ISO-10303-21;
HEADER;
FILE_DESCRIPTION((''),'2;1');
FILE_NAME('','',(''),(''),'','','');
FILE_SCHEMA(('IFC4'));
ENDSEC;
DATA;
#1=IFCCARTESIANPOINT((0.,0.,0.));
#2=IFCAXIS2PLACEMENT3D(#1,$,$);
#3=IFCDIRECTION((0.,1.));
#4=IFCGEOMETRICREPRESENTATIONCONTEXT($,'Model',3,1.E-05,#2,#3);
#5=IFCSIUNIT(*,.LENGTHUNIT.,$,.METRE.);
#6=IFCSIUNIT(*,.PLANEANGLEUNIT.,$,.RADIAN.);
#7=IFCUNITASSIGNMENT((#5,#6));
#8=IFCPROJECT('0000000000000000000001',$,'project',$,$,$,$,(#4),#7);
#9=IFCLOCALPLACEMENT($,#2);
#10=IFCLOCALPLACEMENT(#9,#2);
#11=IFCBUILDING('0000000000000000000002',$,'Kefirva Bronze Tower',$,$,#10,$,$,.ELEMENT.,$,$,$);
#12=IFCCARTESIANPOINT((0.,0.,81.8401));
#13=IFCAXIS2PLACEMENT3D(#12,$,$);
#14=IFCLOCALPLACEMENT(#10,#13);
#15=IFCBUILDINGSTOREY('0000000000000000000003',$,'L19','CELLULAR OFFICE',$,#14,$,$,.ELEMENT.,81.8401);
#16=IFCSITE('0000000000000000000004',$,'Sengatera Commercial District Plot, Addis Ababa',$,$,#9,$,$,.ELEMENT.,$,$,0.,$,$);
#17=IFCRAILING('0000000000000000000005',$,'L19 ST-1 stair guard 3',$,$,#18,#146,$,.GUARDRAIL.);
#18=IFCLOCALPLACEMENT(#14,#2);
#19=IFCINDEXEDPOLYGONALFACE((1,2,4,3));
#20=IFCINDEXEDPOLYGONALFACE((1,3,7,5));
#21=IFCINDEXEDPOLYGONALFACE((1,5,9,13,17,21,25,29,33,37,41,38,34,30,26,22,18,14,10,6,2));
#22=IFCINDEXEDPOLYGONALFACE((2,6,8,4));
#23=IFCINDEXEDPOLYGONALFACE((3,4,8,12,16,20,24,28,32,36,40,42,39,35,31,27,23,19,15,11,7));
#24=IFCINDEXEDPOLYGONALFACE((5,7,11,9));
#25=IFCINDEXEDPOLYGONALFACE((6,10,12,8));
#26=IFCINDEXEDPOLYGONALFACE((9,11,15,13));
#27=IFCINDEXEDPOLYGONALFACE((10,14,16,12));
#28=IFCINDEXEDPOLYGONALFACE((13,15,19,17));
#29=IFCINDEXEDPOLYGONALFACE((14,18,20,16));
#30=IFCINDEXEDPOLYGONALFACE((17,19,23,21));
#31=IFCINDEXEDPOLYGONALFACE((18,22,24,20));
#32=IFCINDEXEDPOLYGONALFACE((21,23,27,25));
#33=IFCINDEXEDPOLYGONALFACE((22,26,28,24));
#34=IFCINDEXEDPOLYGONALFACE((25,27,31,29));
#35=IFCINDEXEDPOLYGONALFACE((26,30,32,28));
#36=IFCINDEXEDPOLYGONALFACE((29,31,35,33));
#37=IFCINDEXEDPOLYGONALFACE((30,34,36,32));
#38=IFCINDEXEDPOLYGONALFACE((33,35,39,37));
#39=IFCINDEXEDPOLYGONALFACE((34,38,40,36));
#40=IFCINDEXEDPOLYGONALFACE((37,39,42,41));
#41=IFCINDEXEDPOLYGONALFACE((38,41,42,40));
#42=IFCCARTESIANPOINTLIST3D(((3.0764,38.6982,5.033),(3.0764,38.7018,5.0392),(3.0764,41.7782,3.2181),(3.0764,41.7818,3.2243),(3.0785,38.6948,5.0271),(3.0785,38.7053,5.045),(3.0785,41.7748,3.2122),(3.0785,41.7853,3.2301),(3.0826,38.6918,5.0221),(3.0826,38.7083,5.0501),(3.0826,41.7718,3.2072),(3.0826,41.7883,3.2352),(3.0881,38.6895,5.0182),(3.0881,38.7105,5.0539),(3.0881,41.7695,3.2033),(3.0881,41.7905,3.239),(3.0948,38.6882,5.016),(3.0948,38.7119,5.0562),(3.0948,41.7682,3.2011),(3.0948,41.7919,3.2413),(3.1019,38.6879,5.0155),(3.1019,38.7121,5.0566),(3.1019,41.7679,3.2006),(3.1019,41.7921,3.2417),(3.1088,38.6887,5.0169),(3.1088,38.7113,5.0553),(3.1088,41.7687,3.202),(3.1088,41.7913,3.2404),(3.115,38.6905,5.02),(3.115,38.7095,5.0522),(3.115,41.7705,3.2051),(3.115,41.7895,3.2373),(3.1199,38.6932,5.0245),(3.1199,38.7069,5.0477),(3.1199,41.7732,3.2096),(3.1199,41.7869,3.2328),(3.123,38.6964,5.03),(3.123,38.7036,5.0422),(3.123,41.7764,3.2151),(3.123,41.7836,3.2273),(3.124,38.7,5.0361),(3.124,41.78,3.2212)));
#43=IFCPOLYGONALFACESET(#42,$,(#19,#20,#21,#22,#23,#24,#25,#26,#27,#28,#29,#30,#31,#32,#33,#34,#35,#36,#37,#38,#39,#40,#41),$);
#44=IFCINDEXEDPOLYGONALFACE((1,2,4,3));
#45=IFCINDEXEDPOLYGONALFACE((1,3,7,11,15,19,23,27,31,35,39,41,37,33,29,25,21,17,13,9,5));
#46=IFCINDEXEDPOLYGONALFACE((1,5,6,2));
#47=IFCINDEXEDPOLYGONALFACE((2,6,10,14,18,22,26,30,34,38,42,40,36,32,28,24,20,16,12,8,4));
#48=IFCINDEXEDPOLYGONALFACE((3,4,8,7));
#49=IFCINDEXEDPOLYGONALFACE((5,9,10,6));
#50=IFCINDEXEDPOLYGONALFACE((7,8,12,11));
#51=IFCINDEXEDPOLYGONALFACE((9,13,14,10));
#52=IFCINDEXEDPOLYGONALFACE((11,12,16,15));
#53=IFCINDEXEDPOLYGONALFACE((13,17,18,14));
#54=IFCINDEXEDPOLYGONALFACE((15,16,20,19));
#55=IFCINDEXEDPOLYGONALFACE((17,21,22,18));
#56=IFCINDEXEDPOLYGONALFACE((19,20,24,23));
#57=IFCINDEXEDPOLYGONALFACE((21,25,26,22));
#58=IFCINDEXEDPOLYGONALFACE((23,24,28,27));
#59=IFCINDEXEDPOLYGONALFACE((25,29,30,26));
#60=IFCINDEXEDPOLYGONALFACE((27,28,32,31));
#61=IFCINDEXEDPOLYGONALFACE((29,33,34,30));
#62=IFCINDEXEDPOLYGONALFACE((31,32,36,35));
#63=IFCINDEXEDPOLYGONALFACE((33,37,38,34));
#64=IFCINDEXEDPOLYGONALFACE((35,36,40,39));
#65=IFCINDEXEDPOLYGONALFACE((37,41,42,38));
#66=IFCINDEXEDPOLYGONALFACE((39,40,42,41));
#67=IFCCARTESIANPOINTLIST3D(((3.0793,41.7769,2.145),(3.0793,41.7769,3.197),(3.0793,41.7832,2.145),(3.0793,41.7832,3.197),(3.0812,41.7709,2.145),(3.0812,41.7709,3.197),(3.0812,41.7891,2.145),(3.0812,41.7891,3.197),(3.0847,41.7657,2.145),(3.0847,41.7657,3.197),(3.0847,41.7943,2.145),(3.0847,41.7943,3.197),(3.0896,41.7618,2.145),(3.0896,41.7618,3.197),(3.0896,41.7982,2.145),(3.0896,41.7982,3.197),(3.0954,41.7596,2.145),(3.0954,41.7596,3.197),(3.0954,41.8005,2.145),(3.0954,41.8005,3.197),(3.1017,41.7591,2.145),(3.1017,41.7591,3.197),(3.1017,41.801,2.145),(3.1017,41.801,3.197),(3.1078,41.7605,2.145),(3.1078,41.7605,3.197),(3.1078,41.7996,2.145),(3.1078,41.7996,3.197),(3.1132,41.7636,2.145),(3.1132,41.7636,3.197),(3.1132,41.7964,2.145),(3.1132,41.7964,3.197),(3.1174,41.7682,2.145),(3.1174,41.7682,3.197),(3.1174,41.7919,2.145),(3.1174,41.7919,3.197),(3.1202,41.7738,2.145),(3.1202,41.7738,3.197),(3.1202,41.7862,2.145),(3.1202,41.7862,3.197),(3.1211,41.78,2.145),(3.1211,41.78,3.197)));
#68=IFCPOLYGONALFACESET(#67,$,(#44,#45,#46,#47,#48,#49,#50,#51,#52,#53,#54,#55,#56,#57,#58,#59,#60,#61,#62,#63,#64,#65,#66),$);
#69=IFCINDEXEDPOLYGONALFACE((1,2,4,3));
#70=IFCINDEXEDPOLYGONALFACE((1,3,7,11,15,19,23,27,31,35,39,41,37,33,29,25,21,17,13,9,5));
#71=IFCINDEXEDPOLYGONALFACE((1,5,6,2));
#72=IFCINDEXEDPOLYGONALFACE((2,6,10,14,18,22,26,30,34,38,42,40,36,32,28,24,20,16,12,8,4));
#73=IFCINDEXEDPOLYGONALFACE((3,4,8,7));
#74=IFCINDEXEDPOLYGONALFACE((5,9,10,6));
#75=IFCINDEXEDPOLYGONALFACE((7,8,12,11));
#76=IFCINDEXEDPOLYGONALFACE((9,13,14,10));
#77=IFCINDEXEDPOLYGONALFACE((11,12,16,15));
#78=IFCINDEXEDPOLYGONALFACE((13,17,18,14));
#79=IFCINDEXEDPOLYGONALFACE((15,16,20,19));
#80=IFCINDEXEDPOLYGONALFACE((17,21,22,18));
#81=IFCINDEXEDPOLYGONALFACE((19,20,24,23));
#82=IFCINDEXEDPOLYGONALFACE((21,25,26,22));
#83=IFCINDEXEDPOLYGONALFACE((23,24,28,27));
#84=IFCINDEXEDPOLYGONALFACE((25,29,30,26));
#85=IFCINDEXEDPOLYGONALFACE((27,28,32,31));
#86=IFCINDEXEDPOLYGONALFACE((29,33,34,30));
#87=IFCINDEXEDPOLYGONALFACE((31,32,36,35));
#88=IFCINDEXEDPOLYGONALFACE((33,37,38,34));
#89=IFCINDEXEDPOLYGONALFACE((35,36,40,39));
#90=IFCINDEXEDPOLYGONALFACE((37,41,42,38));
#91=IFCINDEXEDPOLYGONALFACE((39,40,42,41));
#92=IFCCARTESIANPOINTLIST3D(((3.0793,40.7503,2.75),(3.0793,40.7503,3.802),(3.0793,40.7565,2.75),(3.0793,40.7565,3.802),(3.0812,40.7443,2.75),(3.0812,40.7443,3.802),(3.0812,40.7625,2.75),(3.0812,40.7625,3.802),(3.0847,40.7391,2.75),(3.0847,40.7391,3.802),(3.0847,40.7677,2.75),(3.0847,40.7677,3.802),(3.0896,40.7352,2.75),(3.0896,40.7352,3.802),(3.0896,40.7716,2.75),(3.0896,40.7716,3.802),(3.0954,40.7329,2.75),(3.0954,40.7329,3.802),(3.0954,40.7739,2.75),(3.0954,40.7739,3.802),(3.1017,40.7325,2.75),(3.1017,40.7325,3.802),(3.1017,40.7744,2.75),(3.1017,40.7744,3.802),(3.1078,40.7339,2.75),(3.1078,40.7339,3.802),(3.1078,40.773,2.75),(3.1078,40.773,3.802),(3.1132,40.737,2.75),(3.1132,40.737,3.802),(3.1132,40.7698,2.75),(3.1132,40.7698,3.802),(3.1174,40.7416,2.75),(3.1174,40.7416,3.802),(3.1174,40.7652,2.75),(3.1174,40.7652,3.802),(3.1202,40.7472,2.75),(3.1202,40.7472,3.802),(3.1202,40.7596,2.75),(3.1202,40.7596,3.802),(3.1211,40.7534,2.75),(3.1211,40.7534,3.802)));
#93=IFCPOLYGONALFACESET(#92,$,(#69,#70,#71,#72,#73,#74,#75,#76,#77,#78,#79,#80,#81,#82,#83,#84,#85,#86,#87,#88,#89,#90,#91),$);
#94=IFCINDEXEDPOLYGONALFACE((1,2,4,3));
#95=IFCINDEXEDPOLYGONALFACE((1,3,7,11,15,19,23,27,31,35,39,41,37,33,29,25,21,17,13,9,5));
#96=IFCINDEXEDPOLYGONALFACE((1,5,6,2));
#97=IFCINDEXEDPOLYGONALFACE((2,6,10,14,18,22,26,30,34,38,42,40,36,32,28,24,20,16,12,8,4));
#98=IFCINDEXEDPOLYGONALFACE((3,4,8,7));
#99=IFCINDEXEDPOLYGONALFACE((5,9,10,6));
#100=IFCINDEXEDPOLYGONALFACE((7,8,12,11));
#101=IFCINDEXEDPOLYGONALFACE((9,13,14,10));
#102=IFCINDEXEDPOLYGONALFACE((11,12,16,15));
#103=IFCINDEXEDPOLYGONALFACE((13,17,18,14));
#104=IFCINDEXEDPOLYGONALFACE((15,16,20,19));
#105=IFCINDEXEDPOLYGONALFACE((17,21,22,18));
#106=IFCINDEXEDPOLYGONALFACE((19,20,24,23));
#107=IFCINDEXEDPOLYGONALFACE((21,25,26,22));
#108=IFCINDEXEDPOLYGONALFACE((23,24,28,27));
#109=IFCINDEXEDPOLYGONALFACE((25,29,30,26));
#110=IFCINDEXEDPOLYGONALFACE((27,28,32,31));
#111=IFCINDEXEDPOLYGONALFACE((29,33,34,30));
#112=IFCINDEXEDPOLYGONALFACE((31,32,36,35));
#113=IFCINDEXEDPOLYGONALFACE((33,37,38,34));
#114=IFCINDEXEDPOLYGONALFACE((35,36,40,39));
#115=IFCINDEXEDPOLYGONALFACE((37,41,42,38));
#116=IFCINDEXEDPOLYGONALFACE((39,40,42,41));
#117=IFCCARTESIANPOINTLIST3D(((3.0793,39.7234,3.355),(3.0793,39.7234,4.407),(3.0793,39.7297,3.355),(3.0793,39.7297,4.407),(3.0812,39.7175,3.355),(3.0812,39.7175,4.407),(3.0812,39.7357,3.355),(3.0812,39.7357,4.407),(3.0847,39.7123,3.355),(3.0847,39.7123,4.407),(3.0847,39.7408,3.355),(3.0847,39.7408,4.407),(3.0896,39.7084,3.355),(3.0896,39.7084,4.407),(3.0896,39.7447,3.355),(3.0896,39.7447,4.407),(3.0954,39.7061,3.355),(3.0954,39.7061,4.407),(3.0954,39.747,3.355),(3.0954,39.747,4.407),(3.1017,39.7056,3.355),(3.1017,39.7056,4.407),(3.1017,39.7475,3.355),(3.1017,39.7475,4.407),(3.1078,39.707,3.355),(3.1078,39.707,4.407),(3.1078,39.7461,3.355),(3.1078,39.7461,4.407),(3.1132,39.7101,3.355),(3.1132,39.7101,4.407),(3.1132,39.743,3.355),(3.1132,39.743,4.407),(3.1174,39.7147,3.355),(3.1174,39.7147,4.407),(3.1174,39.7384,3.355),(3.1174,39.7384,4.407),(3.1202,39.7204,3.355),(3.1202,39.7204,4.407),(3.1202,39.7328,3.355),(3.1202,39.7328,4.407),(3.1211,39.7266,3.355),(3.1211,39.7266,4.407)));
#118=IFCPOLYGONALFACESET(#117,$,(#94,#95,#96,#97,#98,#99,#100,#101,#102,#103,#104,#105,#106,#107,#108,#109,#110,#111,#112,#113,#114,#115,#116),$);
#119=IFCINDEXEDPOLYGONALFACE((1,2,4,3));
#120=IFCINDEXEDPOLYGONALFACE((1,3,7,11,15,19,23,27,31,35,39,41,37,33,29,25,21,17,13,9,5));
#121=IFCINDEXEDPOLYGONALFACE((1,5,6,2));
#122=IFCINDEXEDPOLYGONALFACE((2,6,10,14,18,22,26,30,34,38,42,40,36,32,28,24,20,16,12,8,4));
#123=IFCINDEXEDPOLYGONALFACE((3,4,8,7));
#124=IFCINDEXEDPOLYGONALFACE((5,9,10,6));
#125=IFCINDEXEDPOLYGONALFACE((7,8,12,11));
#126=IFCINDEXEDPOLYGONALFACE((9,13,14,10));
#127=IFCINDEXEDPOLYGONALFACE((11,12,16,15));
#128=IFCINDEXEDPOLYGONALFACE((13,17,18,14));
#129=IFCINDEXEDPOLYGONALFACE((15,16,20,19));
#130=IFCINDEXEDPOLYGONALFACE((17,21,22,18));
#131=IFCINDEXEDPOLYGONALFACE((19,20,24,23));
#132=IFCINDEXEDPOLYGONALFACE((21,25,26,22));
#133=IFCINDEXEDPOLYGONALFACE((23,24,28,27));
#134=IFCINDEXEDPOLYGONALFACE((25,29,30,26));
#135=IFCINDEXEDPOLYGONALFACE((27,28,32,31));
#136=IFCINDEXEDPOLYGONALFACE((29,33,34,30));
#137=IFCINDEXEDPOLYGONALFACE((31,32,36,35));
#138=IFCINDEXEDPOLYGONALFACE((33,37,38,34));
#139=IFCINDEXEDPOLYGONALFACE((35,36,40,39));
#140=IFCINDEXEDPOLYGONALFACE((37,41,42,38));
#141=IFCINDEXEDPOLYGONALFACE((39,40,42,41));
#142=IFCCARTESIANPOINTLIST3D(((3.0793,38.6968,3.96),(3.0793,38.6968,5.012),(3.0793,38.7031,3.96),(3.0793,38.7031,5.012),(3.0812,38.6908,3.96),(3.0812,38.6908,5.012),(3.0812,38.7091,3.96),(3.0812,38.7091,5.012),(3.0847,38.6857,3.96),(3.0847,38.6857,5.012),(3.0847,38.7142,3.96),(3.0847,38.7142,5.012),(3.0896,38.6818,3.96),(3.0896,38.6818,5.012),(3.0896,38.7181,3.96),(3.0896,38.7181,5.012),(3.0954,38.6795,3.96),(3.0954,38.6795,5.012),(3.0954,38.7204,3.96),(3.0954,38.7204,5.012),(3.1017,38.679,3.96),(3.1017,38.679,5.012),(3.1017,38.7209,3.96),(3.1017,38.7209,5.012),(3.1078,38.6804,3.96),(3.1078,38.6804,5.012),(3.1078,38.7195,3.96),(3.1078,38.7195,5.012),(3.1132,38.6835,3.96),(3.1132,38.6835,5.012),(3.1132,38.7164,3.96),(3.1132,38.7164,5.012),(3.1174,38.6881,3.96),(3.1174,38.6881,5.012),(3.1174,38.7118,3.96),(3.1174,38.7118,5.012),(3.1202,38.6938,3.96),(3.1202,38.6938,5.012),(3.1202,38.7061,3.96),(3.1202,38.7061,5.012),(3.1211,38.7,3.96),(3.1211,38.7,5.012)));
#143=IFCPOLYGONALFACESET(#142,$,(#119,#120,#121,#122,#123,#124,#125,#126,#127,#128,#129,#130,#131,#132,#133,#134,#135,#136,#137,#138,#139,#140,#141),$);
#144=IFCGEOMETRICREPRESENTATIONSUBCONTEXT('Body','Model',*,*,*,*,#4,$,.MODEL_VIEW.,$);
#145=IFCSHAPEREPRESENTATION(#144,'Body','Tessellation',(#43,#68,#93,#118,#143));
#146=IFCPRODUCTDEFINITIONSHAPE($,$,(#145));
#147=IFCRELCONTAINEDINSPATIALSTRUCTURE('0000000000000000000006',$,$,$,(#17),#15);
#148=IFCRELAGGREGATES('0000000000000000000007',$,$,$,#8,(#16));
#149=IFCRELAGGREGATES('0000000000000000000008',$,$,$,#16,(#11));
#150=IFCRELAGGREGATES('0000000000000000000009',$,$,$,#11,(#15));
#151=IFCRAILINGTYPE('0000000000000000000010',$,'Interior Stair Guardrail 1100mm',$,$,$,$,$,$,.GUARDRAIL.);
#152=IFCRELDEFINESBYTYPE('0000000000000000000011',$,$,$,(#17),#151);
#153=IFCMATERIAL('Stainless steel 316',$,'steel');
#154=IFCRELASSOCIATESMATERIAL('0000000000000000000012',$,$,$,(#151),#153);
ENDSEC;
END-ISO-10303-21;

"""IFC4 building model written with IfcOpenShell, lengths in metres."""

from ifc_helpers import new_model, si_unit, direction, frame, origin, origin_2d, place, context, subcontext, project, spatial, circle, extrude, material, type_object, element, save


model = new_model("IFC4")

# Units and contexts
model_context = context("Model", 3, precision=1e-05, world=origin(), true_north=direction((0.0, 1.0)))
body_context = subcontext(model_context, "Body", "Model", "MODEL_VIEW")
ifc_project = project(units=[si_unit("LENGTHUNIT", "METRE"), si_unit("PLANEANGLEUNIT", "RADIAN")], contexts=[model_context])

# Site, building, storey
site_placement = place(None, origin())
site = spatial("IfcSite", under=ifc_project, at=site_placement, Name="Sengatera Commercial District Plot, Addis Ababa", CompositionType="ELEMENT", RefElevation=0.0)
building_placement = place(site_placement, origin())
building = spatial("IfcBuilding", under=site, at=building_placement, Name="Kefirva Bronze Tower", CompositionType="ELEMENT")
storey_placement = place(building_placement, frame((0.0, 0.0, 81.8401)))
storey = spatial("IfcBuildingStorey", under=building, at=storey_placement, Name="L19", Description="CELLULAR OFFICE", CompositionType="ELEMENT", Elevation=81.8401)

# Railing
ifc_material_1 = material(Name="Stainless steel 316", Category="steel")
railing_type_1 = type_object("IfcRailingType", Name="Interior Stair Guardrail 1100mm", PredefinedType="GUARDRAIL", material=ifc_material_1)
railing_1_placement = place(storey_placement, frame((3.1001, 41.78, 2.145)))
element("IfcRailing", 1, at=railing_1_placement, inside=storey, type_object=railing_type_1, Name="L19 ST-1 stair guard 3", PredefinedType="GUARDRAIL", context=body_context, shape_type="SweptSolid", body=[
    extrude(circle(Radius=0.0239, at=origin_2d()), frame((0.0, 0.0, 1.0762), z_axis=(0.0, -0.861551, 0.507671), x_axis=(1.0, 0.0, 0.0)), (0.0, 0.0, 1.0), 3.575),
    extrude(circle(Radius=0.021, at=origin_2d()), origin(), (0.0, 0.0, 1.0), 1.052),
    extrude(circle(Radius=0.021, at=origin_2d()), frame((0.0, -1.0266, 0.605)), (0.0, 0.0, 1.0), 1.052),
    extrude(circle(Radius=0.021, at=origin_2d()), frame((0.0, -2.0535, 1.21)), (0.0, 0.0, 1.0), 1.052),
    extrude(circle(Radius=0.021, at=origin_2d()), frame((0.0, -3.0801, 1.8149)), (0.0, 0.0, 1.0), 1.052),
])

save(model, "model.ifc")
